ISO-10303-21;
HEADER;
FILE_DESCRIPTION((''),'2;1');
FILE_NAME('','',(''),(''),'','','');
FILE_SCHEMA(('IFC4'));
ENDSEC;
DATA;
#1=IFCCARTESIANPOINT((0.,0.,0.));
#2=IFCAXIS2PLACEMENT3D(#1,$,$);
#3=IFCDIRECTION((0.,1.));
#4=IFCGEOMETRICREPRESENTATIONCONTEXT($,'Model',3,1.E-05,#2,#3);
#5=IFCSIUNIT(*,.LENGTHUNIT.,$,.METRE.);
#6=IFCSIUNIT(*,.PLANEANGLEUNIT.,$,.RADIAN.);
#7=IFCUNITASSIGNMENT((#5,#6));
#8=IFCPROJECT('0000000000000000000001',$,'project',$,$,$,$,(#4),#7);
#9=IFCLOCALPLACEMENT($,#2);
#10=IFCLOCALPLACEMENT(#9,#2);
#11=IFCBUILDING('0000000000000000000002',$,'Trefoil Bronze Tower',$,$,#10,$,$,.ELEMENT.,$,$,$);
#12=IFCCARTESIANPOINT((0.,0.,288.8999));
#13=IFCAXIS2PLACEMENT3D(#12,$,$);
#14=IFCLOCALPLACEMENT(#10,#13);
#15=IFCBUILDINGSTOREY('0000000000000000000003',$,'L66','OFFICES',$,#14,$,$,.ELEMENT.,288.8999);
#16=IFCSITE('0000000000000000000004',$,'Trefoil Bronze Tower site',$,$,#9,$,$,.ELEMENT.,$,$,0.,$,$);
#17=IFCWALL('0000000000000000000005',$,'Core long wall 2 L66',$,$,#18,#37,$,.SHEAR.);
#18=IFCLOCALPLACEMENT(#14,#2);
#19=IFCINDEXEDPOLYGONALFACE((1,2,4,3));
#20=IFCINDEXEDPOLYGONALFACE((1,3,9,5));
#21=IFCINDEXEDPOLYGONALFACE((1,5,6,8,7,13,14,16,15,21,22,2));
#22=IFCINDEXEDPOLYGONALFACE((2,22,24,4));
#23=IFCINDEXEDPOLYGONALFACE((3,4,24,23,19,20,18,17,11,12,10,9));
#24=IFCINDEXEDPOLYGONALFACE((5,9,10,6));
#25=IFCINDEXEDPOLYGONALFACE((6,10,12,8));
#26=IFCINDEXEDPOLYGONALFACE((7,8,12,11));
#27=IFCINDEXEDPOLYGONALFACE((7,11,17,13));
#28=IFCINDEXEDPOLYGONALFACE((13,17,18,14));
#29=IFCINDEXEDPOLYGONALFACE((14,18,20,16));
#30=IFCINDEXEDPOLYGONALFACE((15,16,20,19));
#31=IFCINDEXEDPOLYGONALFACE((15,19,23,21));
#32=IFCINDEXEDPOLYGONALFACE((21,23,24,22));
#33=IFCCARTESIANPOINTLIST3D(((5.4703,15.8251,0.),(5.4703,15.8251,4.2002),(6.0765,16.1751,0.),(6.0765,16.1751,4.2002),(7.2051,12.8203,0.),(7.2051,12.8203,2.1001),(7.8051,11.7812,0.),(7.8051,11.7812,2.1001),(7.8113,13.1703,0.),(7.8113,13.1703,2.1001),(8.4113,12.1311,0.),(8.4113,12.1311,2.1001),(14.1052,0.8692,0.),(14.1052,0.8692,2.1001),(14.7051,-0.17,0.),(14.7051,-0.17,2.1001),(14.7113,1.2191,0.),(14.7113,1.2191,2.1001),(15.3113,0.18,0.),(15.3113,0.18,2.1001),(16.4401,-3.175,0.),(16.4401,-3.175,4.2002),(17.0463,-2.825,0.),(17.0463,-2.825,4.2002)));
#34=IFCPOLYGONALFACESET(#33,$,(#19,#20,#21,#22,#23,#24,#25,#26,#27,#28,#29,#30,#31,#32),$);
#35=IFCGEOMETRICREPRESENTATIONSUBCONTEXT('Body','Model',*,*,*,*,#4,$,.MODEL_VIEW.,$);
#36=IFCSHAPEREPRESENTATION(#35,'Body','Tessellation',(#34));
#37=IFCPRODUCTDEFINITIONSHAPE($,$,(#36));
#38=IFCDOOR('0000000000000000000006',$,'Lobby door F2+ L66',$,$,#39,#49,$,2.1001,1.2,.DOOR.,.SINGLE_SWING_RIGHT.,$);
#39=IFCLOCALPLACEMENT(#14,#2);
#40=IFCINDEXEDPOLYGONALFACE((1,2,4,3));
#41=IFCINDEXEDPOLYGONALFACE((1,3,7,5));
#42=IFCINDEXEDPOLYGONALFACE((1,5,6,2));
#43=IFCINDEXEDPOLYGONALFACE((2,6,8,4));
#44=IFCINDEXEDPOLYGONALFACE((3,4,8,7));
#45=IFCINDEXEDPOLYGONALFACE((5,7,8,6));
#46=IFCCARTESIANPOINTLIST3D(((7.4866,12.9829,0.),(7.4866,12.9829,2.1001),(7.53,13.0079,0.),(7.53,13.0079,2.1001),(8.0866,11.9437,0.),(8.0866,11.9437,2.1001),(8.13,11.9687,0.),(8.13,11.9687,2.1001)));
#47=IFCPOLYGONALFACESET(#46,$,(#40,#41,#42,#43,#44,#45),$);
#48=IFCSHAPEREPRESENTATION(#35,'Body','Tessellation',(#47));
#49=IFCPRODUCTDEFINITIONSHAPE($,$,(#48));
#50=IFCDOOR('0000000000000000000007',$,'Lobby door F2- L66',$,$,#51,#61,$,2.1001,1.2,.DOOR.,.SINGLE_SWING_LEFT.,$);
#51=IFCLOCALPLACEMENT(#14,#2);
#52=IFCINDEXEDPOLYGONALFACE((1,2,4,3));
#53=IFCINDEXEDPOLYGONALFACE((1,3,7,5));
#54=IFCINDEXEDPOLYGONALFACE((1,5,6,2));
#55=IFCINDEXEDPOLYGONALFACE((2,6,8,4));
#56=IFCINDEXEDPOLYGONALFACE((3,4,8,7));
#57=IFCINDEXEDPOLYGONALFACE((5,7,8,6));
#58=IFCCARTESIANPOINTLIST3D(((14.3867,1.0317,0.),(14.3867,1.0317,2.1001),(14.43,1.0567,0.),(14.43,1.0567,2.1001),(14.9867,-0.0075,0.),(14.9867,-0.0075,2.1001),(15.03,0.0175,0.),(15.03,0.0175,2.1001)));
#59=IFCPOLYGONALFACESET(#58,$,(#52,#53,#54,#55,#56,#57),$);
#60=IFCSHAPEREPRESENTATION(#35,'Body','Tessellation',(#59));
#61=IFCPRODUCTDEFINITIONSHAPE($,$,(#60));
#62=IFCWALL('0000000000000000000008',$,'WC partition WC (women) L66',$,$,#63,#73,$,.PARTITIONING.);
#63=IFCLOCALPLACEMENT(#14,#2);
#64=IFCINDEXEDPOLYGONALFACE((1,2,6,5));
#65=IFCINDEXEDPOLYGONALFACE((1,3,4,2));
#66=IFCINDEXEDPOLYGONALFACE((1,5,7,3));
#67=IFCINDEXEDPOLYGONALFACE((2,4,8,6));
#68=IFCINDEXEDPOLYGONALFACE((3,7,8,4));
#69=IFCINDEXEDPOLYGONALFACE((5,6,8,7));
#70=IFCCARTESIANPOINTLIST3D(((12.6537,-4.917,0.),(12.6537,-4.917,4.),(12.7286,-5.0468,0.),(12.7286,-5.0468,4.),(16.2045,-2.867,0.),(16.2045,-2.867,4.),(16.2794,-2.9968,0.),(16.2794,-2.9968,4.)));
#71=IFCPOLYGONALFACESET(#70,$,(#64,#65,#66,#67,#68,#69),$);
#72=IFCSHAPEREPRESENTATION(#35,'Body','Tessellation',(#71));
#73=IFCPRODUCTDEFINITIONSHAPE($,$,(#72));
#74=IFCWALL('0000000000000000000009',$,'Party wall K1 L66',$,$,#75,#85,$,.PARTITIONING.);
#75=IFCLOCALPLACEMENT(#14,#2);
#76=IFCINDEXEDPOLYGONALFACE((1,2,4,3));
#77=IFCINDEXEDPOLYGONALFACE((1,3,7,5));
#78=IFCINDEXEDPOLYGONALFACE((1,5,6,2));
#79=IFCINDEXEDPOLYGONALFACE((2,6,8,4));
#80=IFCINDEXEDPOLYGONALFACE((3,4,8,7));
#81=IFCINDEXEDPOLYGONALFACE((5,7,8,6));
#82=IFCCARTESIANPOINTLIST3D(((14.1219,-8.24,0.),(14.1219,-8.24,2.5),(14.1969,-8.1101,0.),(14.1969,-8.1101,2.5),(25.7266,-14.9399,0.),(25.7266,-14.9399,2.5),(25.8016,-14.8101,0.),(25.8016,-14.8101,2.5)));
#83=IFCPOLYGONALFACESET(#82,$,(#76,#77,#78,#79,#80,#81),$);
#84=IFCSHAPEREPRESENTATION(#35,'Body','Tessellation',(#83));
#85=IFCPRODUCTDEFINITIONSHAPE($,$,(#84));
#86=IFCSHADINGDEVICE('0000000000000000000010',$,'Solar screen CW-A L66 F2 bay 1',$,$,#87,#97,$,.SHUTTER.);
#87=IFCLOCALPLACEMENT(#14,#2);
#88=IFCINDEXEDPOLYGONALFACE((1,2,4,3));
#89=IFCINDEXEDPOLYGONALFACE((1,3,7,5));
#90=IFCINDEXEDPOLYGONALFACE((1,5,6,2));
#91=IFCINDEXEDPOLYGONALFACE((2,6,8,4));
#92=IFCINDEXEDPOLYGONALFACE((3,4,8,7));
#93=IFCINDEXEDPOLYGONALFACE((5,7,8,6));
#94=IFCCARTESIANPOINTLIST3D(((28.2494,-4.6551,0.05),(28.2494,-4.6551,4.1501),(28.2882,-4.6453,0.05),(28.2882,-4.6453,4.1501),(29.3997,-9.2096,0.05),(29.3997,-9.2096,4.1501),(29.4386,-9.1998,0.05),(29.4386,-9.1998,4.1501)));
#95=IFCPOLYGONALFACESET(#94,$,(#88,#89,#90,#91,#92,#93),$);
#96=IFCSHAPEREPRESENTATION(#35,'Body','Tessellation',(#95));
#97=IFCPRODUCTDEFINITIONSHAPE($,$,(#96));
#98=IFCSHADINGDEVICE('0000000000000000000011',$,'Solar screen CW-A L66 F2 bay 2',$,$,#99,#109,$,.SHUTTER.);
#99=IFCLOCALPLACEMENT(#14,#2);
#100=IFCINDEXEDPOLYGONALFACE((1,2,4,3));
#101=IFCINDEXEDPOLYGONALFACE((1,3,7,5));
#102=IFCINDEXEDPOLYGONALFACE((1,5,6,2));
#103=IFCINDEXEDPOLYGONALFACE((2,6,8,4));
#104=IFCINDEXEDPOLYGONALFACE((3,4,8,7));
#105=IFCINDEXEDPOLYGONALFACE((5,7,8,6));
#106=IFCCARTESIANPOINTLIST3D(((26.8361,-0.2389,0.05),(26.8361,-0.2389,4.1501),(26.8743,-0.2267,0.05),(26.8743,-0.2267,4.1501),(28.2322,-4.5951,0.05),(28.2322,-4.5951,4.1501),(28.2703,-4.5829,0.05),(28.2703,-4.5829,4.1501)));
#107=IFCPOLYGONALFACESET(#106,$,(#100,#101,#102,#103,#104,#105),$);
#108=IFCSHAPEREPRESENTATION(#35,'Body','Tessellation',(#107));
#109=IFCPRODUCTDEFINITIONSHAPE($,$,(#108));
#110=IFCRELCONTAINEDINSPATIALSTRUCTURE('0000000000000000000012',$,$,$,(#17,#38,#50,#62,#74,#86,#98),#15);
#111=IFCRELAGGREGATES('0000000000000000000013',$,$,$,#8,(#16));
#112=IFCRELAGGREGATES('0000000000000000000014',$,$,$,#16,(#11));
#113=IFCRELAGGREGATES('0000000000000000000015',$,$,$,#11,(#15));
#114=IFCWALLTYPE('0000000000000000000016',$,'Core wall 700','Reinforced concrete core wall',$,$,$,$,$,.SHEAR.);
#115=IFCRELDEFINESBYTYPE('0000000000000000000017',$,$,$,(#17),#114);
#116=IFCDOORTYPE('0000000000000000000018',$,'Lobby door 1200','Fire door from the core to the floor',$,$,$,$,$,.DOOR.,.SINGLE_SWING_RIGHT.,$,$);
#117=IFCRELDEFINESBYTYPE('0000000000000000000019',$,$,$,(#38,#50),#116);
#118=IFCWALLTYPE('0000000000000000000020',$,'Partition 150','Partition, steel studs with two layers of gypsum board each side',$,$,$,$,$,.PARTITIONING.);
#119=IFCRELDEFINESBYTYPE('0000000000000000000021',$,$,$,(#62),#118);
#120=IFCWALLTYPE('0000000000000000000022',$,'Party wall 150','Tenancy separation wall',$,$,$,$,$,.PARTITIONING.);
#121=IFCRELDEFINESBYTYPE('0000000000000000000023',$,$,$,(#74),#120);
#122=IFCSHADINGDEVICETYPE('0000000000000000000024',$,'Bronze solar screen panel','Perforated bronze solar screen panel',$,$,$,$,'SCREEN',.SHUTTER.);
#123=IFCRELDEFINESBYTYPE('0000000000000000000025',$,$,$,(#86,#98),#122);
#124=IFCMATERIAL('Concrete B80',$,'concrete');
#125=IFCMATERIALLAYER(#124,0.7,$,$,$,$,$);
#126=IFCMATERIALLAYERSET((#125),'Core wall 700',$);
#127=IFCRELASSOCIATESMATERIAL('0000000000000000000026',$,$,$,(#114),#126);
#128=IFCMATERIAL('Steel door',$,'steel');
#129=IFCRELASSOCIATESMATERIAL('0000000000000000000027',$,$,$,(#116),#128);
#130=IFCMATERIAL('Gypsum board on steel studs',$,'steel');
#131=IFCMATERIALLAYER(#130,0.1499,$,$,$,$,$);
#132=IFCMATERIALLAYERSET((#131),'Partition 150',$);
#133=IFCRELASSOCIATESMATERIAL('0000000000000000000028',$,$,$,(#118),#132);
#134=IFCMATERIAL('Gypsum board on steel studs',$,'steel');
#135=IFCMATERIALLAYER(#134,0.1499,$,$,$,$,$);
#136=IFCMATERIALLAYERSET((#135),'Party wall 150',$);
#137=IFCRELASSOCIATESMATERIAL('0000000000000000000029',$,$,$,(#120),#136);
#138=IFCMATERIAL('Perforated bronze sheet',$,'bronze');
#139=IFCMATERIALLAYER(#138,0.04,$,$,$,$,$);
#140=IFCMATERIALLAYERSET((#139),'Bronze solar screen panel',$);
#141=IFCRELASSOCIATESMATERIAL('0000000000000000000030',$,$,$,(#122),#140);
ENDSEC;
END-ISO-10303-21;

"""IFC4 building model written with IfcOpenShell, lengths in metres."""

from ifc_helpers import new_model, si_unit, direction, frame, frame_2d, origin, origin_2d, place, context, subcontext, project, spatial, rectangle, extrude, material, layer, layer_set, type_object, element, fill, save


model = new_model("IFC4")

# Units and contexts
model_context = context("Model", 3, precision=1e-05, world=origin(), true_north=direction((0.0, 1.0)))
body_context = subcontext(model_context, "Body", "Model", "MODEL_VIEW")
ifc_project = project(units=[si_unit("LENGTHUNIT", "METRE"), si_unit("PLANEANGLEUNIT", "RADIAN")], contexts=[model_context])

# Site, building, storey
site_placement = place(None, origin())
site = spatial("IfcSite", under=ifc_project, at=site_placement, Name="Trefoil Bronze Tower site", CompositionType="ELEMENT", RefElevation=0.0)
building_placement = place(site_placement, origin())
building = spatial("IfcBuilding", under=site, at=building_placement, Name="Trefoil Bronze Tower", CompositionType="ELEMENT")
storey_placement = place(building_placement, frame((0.0, 0.0, 288.8999)))
storey = spatial("IfcBuildingStorey", under=building, at=storey_placement, Name="L66", Description="OFFICES", CompositionType="ELEMENT", Elevation=288.8999)

# Wall, openings, doors
ifc_material_1 = material(Name="Concrete B80", Category="concrete")
ifc_layer_1 = layer(ifc_material_1, 0.7)
ifc_layer_set_1 = layer_set([ifc_layer_1], Name="Core wall 700")
wall_type_1 = type_object("IfcWallType", Name="Core wall 700", Description="Reinforced concrete core wall", PredefinedType="SHEAR", material=ifc_layer_set_1)
wall_1_placement = place(storey_placement, frame((16.7432, -3.0, 0.0), z_axis=(0.0, 0.0, 1.0), x_axis=(-0.500002, 0.866024, 0.0)))
wall_1 = element("IfcWall", 1, at=wall_1_placement, inside=storey, type_object=wall_type_1, Name="Core long wall 2 L66", PredefinedType="SHEAR", context=body_context, shape_type="SweptSolid", body=[
    extrude(rectangle(XDim=21.9395, YDim=0.7, at=frame_2d((10.9697, 0.0))), origin(), (0.0, 0.0, 1.0), 4.2002),
])
opening_1_placement = place(wall_1_placement, frame((17.2698, 0.0, 0.0)))
opening_1 = element("IfcOpeningElement", 2, at=opening_1_placement, cuts=wall_1, PredefinedType="OPENING", context=body_context, shape_type="SweptSolid", body=[
    extrude(rectangle(XDim=1.2, YDim=2.1001, at=frame_2d((0.6001, 1.05))), frame((0.0, 0.3599, 0.0), z_axis=(0.0, -1.0, 0.0), x_axis=(1.0, 0.0, 0.0)), (0.0, 0.0, 1.0), 0.72),
])
opening_2_placement = place(wall_1_placement, frame((3.4697, 0.0, 0.0)))
opening_2 = element("IfcOpeningElement", 3, at=opening_2_placement, cuts=wall_1, PredefinedType="OPENING", context=body_context, shape_type="SweptSolid", body=[
    extrude(rectangle(XDim=1.2, YDim=2.1001, at=frame_2d((0.6001, 1.05))), frame((0.0, 0.3599, 0.0), z_axis=(0.0, -1.0, 0.0), x_axis=(1.0, 0.0, 0.0)), (0.0, 0.0, 1.0), 0.72),
])
ifc_material_2 = material(Name="Steel door", Category="steel")
door_type = type_object("IfcDoorType", Name="Lobby door 1200", Description="Fire door from the core to the floor", OperationType="SINGLE_SWING_RIGHT", PredefinedType="DOOR", material=ifc_material_2)
door_1_placement = place(opening_1_placement, origin())
door_1 = element("IfcDoor", 4, at=door_1_placement, inside=storey, type_object=door_type, Name="Lobby door F2+ L66", OperationType="SINGLE_SWING_RIGHT", OverallHeight=2.1001, OverallWidth=1.2, PredefinedType="DOOR", context=body_context, shape_type="SweptSolid", body=[
    extrude(rectangle(XDim=1.2, YDim=2.1001, at=frame_2d((0.6001, 1.05))), frame((0.0, 0.0249, 0.0), z_axis=(0.0, -1.0, 0.0), x_axis=(1.0, 0.0, 0.0)), (0.0, 0.0, 1.0), 0.05),
])
fill(opening_1, door_1)
door_2_placement = place(opening_2_placement, origin())
door_2 = element("IfcDoor", 5, at=door_2_placement, inside=storey, type_object=door_type, Name="Lobby door F2- L66", OperationType="SINGLE_SWING_LEFT", OverallHeight=2.1001, OverallWidth=1.2, PredefinedType="DOOR", context=body_context, shape_type="SweptSolid", body=[
    extrude(rectangle(XDim=1.2, YDim=2.1001, at=frame_2d((0.6001, 1.05))), frame((0.0, 0.0249, 0.0), z_axis=(0.0, -1.0, 0.0), x_axis=(1.0, 0.0, 0.0)), (0.0, 0.0, 1.0), 0.05),
])
fill(opening_2, door_2)

# Walls
ifc_material_3 = material(Name="Gypsum board on steel studs", Category="steel")
ifc_layer_2 = layer(ifc_material_3, 0.1499)
ifc_layer_set_2 = layer_set([ifc_layer_2], Name="Partition 150")
wall_type_2 = type_object("IfcWallType", Name="Partition 150", Description="Partition, steel studs with two layers of gypsum board each side", PredefinedType="PARTITIONING", material=ifc_layer_set_2)
wall_2_placement = place(storey_placement, frame((12.6912, -4.9819, 0.0), z_axis=(0.0, 0.0, 1.0), x_axis=(0.866025, 0.500001, 0.0)))
element("IfcWall", 6, at=wall_2_placement, inside=storey, type_object=wall_type_2, Name="WC partition WC (women) L66", PredefinedType="PARTITIONING", context=body_context, shape_type="SweptSolid", body=[
    extrude(rectangle(XDim=4.1001, YDim=0.1499, at=frame_2d((2.05, 0.0))), origin(), (0.0, 0.0, 1.0), 4.0),
])
ifc_material_4 = material(Name="Gypsum board on steel studs", Category="steel")
ifc_layer_3 = layer(ifc_material_4, 0.1499)
ifc_layer_set_3 = layer_set([ifc_layer_3], Name="Party wall 150")
wall_type_3 = type_object("IfcWallType", Name="Party wall 150", Description="Tenancy separation wall", PredefinedType="PARTITIONING", material=ifc_layer_set_3)
wall_3_placement = place(storey_placement, frame((14.1594, -8.175, 0.0), z_axis=(0.0, 0.0, 1.0), x_axis=(0.866027, -0.499997, 0.0)))
element("IfcWall", 7, at=wall_3_placement, inside=storey, type_object=wall_type_3, Name="Party wall K1 L66", PredefinedType="PARTITIONING", context=body_context, shape_type="SweptSolid", body=[
    extrude(rectangle(XDim=13.3999, YDim=0.1499, at=frame_2d((6.7, 0.0))), origin(), (0.0, 0.0, 1.0), 2.5),
])

# Shading devices
ifc_material_5 = material(Name="Perforated bronze sheet", Category="bronze")
ifc_layer_4 = layer(ifc_material_5, 0.04)
ifc_layer_set_4 = layer_set([ifc_layer_4], Name="Bronze solar screen panel")
shading_device_type = type_object("IfcShadingDeviceType", Name="Bronze solar screen panel", Description="Perforated bronze solar screen panel", ElementType="SCREEN", PredefinedType="SHUTTER", material=ifc_layer_set_4)
shading_device_1_placement = place(storey_placement, frame((28.844, -6.9275, 0.05), z_axis=(0.0, 0.0, 1.0), x_axis=(-0.24488, 0.969554, 0.0)))
element("IfcShadingDevice", 8, at=shading_device_1_placement, inside=storey, type_object=shading_device_type, Name="Solar screen CW-A L66 F2 bay 1", PredefinedType="SHUTTER", context=body_context, shape_type="SweptSolid", body=[
    extrude(rectangle(XDim=4.6975, YDim=0.04, at=origin_2d()), origin(), (0.0, 0.0, 1.0), 4.1001),
])
shading_device_2_placement = place(storey_placement, frame((27.5532, -2.4109, 0.05), z_axis=(0.0, 0.0, 1.0), x_axis=(-0.305188, 0.952292, 0.0)))
element("IfcShadingDevice", 9, at=shading_device_2_placement, inside=storey, type_object=shading_device_type, Name="Solar screen CW-A L66 F2 bay 2", PredefinedType="SHUTTER", context=body_context, shape_type="SweptSolid", body=[
    extrude(rectangle(XDim=4.5745, YDim=0.04, at=origin_2d()), origin(), (0.0, 0.0, 1.0), 4.1001),
])

save(model, "model.ifc")
